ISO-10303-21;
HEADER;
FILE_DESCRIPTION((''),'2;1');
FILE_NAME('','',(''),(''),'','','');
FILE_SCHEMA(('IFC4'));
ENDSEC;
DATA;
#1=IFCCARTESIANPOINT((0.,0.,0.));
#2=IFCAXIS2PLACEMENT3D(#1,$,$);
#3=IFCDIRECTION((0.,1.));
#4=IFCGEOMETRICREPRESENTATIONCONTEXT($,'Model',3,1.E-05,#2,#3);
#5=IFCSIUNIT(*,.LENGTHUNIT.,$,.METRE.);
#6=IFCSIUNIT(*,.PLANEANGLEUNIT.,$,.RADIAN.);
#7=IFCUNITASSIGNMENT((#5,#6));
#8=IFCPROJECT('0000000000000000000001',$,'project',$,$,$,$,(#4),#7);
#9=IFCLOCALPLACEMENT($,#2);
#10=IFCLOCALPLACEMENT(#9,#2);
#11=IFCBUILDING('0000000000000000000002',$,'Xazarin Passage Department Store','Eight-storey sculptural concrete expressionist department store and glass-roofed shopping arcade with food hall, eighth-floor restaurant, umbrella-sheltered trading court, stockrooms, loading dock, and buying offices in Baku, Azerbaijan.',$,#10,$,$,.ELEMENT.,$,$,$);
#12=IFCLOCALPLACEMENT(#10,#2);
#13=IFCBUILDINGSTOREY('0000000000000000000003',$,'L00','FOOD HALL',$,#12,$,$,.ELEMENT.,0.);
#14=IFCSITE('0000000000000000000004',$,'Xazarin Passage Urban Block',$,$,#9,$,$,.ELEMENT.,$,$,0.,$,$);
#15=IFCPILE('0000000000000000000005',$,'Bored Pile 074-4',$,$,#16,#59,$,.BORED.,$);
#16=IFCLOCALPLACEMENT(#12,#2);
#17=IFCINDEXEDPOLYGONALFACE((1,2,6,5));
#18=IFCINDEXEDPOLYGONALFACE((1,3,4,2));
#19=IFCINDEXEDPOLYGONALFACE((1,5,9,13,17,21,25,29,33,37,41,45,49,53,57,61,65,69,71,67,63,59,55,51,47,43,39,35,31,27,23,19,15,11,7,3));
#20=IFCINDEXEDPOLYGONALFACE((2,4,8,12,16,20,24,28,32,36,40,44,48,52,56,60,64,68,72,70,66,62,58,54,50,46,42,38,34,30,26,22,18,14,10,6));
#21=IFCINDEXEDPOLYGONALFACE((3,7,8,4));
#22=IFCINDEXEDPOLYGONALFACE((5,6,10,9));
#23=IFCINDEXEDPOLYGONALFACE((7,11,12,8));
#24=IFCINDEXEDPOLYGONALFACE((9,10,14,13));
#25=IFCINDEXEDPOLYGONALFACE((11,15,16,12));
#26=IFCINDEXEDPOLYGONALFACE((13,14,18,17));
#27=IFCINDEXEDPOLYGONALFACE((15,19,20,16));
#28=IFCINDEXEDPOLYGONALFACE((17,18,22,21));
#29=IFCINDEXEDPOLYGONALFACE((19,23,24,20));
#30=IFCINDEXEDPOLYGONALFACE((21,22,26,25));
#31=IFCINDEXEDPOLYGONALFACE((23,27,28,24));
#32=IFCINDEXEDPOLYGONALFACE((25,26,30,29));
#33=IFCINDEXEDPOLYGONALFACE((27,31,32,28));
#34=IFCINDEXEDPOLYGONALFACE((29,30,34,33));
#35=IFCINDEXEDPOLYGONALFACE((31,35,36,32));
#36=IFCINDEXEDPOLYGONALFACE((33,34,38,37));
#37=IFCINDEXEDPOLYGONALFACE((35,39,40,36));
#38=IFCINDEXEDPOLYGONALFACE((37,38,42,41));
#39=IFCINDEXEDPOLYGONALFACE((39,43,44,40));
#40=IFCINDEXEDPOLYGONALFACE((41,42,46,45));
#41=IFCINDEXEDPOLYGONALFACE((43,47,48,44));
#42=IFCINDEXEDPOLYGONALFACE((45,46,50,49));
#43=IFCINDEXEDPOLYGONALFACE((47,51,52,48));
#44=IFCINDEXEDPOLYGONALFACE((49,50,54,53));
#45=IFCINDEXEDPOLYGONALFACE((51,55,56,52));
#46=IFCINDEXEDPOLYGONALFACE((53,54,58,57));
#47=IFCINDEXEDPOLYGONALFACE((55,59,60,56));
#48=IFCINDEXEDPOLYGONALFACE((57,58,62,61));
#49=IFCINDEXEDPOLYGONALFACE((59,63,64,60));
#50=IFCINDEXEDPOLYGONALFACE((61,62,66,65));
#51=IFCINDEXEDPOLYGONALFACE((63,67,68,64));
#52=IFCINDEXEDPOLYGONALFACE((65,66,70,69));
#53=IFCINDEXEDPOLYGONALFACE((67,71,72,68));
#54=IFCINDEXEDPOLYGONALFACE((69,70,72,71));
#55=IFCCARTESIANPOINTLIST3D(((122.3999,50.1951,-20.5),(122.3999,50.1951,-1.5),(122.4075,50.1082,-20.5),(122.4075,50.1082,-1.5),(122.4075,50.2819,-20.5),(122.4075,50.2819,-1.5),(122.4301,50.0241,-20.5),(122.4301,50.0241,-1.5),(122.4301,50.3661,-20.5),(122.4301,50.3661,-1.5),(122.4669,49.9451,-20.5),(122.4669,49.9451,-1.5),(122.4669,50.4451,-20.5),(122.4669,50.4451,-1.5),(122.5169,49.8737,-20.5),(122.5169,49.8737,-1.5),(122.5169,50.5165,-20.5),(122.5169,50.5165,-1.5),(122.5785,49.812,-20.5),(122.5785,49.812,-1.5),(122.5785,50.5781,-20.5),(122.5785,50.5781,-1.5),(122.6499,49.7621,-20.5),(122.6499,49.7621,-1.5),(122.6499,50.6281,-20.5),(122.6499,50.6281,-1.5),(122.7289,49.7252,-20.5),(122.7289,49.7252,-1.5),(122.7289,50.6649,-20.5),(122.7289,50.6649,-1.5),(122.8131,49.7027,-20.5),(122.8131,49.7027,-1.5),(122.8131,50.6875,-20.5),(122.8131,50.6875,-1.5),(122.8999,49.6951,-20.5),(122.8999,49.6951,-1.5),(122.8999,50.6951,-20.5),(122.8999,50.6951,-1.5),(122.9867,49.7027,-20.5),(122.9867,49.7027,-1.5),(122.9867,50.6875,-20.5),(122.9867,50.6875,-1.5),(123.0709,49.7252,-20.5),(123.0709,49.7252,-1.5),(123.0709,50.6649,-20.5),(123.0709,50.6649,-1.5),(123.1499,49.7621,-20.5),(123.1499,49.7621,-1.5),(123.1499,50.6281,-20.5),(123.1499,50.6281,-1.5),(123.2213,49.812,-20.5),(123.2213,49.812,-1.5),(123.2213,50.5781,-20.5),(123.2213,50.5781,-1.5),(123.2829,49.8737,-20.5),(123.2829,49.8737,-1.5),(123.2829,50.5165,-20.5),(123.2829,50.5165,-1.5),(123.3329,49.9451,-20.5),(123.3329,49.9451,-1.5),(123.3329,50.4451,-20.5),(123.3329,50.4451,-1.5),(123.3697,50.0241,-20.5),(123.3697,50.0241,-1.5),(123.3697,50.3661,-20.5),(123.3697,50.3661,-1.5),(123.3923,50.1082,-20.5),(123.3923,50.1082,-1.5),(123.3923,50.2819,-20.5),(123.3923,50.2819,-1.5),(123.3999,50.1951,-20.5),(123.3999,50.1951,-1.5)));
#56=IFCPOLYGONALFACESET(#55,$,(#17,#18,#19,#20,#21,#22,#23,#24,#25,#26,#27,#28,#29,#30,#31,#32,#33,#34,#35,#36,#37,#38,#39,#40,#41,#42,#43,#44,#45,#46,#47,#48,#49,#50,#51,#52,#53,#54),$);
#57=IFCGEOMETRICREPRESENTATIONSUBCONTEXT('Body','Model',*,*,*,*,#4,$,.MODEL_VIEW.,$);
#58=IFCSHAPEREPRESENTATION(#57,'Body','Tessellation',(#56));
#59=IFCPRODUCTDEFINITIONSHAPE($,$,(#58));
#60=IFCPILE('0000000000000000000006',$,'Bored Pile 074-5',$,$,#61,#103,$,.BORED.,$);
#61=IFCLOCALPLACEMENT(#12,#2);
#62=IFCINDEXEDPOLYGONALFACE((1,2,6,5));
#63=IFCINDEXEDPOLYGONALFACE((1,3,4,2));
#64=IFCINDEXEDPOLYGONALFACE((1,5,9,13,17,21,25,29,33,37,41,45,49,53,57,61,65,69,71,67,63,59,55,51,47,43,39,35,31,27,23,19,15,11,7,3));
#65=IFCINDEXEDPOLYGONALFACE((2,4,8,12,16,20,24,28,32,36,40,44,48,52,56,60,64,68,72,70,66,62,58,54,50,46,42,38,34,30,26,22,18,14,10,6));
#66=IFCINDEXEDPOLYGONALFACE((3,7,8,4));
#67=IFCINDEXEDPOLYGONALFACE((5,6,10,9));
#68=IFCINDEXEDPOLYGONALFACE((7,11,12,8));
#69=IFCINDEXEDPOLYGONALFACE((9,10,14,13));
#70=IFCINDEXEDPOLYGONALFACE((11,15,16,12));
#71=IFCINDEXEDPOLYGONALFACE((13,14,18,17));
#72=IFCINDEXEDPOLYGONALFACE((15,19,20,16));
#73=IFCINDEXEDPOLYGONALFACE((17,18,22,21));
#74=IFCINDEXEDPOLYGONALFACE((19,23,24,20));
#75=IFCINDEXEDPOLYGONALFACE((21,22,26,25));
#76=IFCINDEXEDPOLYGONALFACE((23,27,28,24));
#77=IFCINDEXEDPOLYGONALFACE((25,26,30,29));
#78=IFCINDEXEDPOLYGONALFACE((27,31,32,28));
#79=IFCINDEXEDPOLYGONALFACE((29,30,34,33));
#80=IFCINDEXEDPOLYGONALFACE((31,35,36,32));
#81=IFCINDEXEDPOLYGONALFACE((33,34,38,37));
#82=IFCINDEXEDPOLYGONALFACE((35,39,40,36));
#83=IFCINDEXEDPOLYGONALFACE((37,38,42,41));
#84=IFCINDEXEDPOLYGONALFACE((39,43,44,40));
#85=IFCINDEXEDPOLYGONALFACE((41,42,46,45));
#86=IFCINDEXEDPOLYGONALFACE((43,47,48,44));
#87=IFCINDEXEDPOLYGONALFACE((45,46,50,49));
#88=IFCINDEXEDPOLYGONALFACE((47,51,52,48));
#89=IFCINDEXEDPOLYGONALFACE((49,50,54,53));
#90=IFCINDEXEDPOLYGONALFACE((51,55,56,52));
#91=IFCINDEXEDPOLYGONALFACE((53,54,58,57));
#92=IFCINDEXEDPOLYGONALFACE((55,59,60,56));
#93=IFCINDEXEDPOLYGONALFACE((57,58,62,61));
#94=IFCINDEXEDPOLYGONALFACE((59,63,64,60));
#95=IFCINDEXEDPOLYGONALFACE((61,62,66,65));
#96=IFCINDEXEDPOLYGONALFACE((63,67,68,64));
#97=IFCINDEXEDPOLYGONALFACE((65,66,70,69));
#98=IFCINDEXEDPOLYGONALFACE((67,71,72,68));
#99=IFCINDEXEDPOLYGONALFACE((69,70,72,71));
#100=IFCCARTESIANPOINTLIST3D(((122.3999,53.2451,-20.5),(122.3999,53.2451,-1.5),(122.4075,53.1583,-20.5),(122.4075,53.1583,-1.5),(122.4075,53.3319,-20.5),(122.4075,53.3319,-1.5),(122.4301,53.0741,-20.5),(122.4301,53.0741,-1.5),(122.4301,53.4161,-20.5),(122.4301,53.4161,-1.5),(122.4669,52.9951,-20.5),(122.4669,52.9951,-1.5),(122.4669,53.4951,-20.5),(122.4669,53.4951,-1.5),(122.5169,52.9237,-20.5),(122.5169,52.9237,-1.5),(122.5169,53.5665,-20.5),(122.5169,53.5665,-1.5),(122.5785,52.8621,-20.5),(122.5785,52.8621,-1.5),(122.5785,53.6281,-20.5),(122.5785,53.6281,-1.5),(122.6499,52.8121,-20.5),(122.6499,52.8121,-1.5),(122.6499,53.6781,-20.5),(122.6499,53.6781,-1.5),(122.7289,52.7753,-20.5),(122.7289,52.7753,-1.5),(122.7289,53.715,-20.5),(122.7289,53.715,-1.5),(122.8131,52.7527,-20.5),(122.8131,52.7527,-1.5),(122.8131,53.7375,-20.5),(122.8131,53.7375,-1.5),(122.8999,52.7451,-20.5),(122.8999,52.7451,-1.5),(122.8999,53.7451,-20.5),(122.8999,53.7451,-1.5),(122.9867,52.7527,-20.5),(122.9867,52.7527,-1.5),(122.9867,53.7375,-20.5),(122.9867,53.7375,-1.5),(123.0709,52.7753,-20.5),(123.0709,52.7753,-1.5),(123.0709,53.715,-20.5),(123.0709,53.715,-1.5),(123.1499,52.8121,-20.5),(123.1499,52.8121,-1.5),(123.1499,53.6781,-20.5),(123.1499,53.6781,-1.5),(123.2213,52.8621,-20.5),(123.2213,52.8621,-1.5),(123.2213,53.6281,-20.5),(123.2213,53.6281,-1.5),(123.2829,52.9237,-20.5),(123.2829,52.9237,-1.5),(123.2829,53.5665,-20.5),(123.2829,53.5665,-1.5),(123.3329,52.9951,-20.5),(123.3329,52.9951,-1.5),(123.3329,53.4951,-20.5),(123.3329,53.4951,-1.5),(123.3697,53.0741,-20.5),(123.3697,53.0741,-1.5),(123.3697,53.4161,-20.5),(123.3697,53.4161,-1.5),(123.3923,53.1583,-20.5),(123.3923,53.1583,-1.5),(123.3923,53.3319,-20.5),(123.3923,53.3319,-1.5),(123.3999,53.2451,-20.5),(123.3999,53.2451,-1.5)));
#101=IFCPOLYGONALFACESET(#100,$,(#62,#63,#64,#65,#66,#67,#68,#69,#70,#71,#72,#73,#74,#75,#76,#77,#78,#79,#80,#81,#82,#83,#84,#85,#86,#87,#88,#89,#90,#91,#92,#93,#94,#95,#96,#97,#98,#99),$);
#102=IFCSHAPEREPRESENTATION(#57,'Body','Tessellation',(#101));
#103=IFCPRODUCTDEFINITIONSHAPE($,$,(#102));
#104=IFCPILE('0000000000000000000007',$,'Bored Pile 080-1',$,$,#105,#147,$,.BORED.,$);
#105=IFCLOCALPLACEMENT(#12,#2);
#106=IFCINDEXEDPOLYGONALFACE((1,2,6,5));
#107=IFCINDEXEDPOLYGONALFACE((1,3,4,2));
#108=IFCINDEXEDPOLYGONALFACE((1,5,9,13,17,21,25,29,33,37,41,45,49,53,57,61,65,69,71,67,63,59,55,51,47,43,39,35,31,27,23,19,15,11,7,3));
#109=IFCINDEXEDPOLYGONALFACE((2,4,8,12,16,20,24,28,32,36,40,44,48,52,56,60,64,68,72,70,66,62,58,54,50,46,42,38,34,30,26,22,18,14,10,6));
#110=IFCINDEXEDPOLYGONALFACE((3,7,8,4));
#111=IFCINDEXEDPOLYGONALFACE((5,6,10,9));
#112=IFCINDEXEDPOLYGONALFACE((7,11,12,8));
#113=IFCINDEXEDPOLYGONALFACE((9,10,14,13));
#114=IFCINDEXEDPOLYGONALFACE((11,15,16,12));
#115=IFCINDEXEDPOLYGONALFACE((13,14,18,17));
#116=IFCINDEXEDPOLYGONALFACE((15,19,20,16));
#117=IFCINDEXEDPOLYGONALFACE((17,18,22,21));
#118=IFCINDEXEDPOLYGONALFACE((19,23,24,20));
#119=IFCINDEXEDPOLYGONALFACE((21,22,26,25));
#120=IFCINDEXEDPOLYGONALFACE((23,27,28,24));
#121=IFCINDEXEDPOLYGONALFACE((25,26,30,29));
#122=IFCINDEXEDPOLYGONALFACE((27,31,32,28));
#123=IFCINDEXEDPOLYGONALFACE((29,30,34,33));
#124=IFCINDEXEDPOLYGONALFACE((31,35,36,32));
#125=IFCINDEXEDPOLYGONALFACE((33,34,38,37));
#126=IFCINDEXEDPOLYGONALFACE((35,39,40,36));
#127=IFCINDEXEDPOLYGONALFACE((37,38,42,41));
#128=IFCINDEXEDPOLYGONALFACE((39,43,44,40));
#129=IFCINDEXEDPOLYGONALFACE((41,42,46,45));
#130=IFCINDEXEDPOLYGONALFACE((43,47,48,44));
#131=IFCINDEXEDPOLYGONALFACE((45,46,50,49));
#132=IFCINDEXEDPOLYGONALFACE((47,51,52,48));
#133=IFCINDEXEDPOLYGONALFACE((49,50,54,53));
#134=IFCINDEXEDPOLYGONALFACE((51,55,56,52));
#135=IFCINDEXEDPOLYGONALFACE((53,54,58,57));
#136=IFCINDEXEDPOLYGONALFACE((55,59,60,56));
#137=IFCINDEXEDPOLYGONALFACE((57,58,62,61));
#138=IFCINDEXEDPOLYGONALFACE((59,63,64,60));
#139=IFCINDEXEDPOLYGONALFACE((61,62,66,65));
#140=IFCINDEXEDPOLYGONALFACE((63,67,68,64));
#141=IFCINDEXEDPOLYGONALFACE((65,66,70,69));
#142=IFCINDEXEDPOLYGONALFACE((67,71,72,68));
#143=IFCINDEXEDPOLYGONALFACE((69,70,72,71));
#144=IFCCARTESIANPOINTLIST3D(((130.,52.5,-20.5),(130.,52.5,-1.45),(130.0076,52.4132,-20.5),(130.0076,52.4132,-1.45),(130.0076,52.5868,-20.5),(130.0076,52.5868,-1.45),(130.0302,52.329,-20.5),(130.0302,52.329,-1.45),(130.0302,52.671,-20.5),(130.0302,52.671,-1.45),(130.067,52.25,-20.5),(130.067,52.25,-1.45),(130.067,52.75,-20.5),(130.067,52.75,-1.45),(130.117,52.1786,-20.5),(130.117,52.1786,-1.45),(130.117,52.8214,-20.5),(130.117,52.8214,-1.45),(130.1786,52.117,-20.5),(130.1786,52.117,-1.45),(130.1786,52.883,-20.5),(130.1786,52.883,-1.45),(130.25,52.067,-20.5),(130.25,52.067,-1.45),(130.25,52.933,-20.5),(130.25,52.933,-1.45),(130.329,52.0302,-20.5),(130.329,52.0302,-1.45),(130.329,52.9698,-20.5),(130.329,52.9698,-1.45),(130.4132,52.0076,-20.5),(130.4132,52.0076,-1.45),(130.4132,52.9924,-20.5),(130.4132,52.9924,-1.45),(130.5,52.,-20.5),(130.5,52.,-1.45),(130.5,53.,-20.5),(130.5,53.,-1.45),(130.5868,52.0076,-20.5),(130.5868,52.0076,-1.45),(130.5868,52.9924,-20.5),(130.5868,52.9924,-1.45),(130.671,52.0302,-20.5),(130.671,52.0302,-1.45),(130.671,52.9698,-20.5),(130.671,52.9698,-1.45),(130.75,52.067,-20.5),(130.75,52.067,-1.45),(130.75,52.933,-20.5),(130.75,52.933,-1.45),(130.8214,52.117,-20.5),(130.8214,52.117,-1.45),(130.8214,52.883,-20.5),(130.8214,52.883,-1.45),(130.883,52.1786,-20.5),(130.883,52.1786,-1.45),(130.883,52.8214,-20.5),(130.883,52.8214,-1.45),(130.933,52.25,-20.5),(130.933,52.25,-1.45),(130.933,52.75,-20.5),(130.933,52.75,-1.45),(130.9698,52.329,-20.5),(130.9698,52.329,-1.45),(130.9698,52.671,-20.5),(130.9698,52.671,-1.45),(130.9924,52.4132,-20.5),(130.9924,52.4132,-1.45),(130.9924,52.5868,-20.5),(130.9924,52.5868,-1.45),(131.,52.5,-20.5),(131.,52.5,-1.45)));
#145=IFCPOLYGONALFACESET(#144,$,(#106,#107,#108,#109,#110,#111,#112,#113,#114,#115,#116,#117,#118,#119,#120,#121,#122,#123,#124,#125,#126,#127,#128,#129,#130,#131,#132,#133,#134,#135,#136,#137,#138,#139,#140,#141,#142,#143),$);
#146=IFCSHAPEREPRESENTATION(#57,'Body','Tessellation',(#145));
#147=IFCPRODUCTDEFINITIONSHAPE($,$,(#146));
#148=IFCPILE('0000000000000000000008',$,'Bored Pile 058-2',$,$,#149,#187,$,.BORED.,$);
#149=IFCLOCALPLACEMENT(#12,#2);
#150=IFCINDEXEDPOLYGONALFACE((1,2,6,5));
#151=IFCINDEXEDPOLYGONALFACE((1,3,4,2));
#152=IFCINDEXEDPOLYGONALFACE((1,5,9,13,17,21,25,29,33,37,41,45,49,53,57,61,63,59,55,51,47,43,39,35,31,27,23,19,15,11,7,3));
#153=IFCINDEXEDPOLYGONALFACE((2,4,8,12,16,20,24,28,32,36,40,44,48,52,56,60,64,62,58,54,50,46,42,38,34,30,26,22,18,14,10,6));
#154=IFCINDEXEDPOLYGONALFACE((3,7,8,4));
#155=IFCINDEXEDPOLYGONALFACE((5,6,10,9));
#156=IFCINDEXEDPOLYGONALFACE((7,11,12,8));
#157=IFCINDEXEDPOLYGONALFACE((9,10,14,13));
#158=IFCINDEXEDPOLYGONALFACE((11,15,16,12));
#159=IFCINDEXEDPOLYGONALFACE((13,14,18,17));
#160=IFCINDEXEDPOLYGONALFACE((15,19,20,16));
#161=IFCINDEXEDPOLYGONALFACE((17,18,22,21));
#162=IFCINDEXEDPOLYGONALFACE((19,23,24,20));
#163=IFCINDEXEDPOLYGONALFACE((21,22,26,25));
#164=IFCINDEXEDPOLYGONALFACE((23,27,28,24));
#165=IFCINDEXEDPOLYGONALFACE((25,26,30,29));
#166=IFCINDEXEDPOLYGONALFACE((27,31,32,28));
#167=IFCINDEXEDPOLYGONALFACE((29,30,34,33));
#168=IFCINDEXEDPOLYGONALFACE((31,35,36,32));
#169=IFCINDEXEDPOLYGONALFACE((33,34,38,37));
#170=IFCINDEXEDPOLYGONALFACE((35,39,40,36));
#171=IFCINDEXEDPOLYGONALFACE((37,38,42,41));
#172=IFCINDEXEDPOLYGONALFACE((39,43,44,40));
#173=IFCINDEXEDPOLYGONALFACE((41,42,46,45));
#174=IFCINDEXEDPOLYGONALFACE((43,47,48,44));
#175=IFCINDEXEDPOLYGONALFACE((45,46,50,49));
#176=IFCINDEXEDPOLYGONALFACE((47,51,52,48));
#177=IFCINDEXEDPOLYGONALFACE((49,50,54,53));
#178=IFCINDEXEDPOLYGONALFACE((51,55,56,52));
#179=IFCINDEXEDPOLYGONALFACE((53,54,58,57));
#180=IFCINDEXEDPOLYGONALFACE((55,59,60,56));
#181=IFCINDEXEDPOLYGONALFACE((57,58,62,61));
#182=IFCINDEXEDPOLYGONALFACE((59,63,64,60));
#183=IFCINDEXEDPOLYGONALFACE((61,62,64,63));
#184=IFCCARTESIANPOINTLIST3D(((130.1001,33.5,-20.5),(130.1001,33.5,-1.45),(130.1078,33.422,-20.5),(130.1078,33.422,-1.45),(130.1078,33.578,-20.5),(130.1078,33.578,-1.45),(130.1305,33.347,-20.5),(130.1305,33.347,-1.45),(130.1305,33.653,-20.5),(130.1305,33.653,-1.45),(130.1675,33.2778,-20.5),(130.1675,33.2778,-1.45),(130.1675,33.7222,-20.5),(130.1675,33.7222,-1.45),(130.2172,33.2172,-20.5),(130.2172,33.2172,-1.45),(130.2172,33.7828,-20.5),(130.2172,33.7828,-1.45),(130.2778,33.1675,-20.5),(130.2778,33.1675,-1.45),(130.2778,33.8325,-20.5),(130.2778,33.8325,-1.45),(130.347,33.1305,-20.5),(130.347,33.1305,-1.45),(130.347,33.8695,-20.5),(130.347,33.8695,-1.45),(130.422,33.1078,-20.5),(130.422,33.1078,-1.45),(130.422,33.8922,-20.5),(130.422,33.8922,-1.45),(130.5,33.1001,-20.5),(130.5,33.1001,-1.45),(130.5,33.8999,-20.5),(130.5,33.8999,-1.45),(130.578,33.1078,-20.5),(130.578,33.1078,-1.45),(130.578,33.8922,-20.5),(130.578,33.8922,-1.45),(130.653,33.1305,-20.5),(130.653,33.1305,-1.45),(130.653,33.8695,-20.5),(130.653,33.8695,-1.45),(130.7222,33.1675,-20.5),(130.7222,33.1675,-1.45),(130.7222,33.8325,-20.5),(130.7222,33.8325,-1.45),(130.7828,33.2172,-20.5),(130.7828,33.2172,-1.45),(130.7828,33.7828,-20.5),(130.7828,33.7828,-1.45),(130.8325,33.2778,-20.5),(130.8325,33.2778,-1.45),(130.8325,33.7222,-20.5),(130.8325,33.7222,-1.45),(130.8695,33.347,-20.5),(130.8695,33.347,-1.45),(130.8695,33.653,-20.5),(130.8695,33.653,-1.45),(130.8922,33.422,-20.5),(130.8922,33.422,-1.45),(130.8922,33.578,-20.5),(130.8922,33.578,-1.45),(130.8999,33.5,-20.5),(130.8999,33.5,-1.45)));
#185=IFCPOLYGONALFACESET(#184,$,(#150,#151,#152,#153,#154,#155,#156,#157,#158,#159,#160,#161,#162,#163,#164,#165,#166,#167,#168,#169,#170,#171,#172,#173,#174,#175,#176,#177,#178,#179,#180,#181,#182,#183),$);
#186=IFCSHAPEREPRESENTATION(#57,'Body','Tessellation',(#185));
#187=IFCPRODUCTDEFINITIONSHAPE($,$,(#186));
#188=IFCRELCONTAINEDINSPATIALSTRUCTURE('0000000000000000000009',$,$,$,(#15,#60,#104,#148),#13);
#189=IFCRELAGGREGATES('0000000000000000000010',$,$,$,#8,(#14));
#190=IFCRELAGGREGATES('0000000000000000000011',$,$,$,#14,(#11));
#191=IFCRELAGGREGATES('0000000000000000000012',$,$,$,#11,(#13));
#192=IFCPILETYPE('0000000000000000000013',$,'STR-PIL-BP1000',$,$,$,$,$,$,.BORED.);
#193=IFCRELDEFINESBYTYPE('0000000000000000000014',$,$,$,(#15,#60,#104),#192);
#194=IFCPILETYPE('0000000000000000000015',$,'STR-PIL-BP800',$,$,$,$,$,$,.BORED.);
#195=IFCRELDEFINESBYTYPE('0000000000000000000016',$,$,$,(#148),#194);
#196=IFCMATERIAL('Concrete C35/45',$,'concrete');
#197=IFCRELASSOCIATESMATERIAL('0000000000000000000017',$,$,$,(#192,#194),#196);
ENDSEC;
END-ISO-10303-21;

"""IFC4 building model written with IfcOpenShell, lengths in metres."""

from ifc_helpers import new_model, si_unit, direction, frame, origin, origin_2d, place, context, subcontext, project, spatial, circle, extrude, material, material_profile, profile_set, type_object, element, save


model = new_model("IFC4")

# Units and contexts
model_context = context("Model", 3, precision=1e-05, world=origin(), true_north=direction((0.0, 1.0)))
body_context = subcontext(model_context, "Body", "Model", "MODEL_VIEW")
ifc_project = project(units=[si_unit("LENGTHUNIT", "METRE"), si_unit("PLANEANGLEUNIT", "RADIAN")], contexts=[model_context])

# Site, building, storey
site_placement = place(None, origin())
site = spatial("IfcSite", under=ifc_project, at=site_placement, Name="Xazarin Passage Urban Block", CompositionType="ELEMENT", RefElevation=0.0)
building_placement = place(site_placement, origin())
building = spatial("IfcBuilding", under=site, at=building_placement, Name="Xazarin Passage Department Store", Description="Eight-storey sculptural concrete expressionist department store and glass-roofed shopping arcade with food hall, eighth-floor restaurant, umbrella-sheltered trading court, stockrooms, loading dock, and buying offices in Baku, Azerbaijan.", CompositionType="ELEMENT")
storey_placement = place(building_placement, origin())
storey = spatial("IfcBuildingStorey", under=building, at=storey_placement, Name="L00", Description="FOOD HALL", CompositionType="ELEMENT", Elevation=0.0)

# Shared definitions
ifc_material_1 = material(Name="Concrete C35/45", Category="concrete")

# Piles
ifc_material_profile_1 = material_profile(ifc_material_1, circle(Radius=0.5, at=origin_2d()), Name="BP 1000")
ifc_profile_set_1 = profile_set([ifc_material_profile_1], Name="Concrete C35/45")
pile_type_1 = type_object("IfcPileType", Name="STR-PIL-BP1000", PredefinedType="BORED", material=ifc_profile_set_1)
for number, where, z_axis, x_axis, name in (
    (1, (122.8999, 50.1951, -1.5), (0.0, 0.0, -1.0), (1.0, 0.0, 0.0), "Bored Pile 074-4"),
    (2, (122.8999, 53.2451, -1.5), (0.0, 0.0, -1.0), (1.0, 0.0, 0.0), "Bored Pile 074-5"),
):
    element("IfcPile", number, at=place(storey_placement, frame(where, z_axis=z_axis, x_axis=x_axis)), inside=storey, type_object=pile_type_1, Name=name, PredefinedType="BORED", context=body_context, shape_type="SweptSolid", body=[
        extrude(circle(Radius=0.5, at=origin_2d()), origin(), (0.0, 0.0, 1.0), 19.0),
    ])
pile_1_placement = place(storey_placement, frame((130.5, 52.5, -1.45), z_axis=(0.0, 0.0, -1.0), x_axis=(1.0, 0.0, 0.0)))
element("IfcPile", 3, at=pile_1_placement, inside=storey, type_object=pile_type_1, Name="Bored Pile 080-1", PredefinedType="BORED", context=body_context, shape_type="SweptSolid", body=[
    extrude(circle(Radius=0.5, at=origin_2d()), origin(), (0.0, 0.0, 1.0), 19.05),
])
ifc_material_profile_2 = material_profile(ifc_material_1, circle(Radius=0.3999, at=origin_2d()), Name="BP 800")
ifc_profile_set_2 = profile_set([ifc_material_profile_2], Name="Concrete C35/45")
pile_type_2 = type_object("IfcPileType", Name="STR-PIL-BP800", PredefinedType="BORED", material=ifc_profile_set_2)
pile_2_placement = place(storey_placement, frame((130.5, 33.5, -1.45), z_axis=(0.0, 0.0, -1.0), x_axis=(1.0, 0.0, 0.0)))
element("IfcPile", 4, at=pile_2_placement, inside=storey, type_object=pile_type_2, Name="Bored Pile 058-2", PredefinedType="BORED", context=body_context, shape_type="SweptSolid", body=[
    extrude(circle(Radius=0.3999, at=origin_2d()), origin(), (0.0, 0.0, 1.0), 19.05),
])

save(model, "model.ifc")
